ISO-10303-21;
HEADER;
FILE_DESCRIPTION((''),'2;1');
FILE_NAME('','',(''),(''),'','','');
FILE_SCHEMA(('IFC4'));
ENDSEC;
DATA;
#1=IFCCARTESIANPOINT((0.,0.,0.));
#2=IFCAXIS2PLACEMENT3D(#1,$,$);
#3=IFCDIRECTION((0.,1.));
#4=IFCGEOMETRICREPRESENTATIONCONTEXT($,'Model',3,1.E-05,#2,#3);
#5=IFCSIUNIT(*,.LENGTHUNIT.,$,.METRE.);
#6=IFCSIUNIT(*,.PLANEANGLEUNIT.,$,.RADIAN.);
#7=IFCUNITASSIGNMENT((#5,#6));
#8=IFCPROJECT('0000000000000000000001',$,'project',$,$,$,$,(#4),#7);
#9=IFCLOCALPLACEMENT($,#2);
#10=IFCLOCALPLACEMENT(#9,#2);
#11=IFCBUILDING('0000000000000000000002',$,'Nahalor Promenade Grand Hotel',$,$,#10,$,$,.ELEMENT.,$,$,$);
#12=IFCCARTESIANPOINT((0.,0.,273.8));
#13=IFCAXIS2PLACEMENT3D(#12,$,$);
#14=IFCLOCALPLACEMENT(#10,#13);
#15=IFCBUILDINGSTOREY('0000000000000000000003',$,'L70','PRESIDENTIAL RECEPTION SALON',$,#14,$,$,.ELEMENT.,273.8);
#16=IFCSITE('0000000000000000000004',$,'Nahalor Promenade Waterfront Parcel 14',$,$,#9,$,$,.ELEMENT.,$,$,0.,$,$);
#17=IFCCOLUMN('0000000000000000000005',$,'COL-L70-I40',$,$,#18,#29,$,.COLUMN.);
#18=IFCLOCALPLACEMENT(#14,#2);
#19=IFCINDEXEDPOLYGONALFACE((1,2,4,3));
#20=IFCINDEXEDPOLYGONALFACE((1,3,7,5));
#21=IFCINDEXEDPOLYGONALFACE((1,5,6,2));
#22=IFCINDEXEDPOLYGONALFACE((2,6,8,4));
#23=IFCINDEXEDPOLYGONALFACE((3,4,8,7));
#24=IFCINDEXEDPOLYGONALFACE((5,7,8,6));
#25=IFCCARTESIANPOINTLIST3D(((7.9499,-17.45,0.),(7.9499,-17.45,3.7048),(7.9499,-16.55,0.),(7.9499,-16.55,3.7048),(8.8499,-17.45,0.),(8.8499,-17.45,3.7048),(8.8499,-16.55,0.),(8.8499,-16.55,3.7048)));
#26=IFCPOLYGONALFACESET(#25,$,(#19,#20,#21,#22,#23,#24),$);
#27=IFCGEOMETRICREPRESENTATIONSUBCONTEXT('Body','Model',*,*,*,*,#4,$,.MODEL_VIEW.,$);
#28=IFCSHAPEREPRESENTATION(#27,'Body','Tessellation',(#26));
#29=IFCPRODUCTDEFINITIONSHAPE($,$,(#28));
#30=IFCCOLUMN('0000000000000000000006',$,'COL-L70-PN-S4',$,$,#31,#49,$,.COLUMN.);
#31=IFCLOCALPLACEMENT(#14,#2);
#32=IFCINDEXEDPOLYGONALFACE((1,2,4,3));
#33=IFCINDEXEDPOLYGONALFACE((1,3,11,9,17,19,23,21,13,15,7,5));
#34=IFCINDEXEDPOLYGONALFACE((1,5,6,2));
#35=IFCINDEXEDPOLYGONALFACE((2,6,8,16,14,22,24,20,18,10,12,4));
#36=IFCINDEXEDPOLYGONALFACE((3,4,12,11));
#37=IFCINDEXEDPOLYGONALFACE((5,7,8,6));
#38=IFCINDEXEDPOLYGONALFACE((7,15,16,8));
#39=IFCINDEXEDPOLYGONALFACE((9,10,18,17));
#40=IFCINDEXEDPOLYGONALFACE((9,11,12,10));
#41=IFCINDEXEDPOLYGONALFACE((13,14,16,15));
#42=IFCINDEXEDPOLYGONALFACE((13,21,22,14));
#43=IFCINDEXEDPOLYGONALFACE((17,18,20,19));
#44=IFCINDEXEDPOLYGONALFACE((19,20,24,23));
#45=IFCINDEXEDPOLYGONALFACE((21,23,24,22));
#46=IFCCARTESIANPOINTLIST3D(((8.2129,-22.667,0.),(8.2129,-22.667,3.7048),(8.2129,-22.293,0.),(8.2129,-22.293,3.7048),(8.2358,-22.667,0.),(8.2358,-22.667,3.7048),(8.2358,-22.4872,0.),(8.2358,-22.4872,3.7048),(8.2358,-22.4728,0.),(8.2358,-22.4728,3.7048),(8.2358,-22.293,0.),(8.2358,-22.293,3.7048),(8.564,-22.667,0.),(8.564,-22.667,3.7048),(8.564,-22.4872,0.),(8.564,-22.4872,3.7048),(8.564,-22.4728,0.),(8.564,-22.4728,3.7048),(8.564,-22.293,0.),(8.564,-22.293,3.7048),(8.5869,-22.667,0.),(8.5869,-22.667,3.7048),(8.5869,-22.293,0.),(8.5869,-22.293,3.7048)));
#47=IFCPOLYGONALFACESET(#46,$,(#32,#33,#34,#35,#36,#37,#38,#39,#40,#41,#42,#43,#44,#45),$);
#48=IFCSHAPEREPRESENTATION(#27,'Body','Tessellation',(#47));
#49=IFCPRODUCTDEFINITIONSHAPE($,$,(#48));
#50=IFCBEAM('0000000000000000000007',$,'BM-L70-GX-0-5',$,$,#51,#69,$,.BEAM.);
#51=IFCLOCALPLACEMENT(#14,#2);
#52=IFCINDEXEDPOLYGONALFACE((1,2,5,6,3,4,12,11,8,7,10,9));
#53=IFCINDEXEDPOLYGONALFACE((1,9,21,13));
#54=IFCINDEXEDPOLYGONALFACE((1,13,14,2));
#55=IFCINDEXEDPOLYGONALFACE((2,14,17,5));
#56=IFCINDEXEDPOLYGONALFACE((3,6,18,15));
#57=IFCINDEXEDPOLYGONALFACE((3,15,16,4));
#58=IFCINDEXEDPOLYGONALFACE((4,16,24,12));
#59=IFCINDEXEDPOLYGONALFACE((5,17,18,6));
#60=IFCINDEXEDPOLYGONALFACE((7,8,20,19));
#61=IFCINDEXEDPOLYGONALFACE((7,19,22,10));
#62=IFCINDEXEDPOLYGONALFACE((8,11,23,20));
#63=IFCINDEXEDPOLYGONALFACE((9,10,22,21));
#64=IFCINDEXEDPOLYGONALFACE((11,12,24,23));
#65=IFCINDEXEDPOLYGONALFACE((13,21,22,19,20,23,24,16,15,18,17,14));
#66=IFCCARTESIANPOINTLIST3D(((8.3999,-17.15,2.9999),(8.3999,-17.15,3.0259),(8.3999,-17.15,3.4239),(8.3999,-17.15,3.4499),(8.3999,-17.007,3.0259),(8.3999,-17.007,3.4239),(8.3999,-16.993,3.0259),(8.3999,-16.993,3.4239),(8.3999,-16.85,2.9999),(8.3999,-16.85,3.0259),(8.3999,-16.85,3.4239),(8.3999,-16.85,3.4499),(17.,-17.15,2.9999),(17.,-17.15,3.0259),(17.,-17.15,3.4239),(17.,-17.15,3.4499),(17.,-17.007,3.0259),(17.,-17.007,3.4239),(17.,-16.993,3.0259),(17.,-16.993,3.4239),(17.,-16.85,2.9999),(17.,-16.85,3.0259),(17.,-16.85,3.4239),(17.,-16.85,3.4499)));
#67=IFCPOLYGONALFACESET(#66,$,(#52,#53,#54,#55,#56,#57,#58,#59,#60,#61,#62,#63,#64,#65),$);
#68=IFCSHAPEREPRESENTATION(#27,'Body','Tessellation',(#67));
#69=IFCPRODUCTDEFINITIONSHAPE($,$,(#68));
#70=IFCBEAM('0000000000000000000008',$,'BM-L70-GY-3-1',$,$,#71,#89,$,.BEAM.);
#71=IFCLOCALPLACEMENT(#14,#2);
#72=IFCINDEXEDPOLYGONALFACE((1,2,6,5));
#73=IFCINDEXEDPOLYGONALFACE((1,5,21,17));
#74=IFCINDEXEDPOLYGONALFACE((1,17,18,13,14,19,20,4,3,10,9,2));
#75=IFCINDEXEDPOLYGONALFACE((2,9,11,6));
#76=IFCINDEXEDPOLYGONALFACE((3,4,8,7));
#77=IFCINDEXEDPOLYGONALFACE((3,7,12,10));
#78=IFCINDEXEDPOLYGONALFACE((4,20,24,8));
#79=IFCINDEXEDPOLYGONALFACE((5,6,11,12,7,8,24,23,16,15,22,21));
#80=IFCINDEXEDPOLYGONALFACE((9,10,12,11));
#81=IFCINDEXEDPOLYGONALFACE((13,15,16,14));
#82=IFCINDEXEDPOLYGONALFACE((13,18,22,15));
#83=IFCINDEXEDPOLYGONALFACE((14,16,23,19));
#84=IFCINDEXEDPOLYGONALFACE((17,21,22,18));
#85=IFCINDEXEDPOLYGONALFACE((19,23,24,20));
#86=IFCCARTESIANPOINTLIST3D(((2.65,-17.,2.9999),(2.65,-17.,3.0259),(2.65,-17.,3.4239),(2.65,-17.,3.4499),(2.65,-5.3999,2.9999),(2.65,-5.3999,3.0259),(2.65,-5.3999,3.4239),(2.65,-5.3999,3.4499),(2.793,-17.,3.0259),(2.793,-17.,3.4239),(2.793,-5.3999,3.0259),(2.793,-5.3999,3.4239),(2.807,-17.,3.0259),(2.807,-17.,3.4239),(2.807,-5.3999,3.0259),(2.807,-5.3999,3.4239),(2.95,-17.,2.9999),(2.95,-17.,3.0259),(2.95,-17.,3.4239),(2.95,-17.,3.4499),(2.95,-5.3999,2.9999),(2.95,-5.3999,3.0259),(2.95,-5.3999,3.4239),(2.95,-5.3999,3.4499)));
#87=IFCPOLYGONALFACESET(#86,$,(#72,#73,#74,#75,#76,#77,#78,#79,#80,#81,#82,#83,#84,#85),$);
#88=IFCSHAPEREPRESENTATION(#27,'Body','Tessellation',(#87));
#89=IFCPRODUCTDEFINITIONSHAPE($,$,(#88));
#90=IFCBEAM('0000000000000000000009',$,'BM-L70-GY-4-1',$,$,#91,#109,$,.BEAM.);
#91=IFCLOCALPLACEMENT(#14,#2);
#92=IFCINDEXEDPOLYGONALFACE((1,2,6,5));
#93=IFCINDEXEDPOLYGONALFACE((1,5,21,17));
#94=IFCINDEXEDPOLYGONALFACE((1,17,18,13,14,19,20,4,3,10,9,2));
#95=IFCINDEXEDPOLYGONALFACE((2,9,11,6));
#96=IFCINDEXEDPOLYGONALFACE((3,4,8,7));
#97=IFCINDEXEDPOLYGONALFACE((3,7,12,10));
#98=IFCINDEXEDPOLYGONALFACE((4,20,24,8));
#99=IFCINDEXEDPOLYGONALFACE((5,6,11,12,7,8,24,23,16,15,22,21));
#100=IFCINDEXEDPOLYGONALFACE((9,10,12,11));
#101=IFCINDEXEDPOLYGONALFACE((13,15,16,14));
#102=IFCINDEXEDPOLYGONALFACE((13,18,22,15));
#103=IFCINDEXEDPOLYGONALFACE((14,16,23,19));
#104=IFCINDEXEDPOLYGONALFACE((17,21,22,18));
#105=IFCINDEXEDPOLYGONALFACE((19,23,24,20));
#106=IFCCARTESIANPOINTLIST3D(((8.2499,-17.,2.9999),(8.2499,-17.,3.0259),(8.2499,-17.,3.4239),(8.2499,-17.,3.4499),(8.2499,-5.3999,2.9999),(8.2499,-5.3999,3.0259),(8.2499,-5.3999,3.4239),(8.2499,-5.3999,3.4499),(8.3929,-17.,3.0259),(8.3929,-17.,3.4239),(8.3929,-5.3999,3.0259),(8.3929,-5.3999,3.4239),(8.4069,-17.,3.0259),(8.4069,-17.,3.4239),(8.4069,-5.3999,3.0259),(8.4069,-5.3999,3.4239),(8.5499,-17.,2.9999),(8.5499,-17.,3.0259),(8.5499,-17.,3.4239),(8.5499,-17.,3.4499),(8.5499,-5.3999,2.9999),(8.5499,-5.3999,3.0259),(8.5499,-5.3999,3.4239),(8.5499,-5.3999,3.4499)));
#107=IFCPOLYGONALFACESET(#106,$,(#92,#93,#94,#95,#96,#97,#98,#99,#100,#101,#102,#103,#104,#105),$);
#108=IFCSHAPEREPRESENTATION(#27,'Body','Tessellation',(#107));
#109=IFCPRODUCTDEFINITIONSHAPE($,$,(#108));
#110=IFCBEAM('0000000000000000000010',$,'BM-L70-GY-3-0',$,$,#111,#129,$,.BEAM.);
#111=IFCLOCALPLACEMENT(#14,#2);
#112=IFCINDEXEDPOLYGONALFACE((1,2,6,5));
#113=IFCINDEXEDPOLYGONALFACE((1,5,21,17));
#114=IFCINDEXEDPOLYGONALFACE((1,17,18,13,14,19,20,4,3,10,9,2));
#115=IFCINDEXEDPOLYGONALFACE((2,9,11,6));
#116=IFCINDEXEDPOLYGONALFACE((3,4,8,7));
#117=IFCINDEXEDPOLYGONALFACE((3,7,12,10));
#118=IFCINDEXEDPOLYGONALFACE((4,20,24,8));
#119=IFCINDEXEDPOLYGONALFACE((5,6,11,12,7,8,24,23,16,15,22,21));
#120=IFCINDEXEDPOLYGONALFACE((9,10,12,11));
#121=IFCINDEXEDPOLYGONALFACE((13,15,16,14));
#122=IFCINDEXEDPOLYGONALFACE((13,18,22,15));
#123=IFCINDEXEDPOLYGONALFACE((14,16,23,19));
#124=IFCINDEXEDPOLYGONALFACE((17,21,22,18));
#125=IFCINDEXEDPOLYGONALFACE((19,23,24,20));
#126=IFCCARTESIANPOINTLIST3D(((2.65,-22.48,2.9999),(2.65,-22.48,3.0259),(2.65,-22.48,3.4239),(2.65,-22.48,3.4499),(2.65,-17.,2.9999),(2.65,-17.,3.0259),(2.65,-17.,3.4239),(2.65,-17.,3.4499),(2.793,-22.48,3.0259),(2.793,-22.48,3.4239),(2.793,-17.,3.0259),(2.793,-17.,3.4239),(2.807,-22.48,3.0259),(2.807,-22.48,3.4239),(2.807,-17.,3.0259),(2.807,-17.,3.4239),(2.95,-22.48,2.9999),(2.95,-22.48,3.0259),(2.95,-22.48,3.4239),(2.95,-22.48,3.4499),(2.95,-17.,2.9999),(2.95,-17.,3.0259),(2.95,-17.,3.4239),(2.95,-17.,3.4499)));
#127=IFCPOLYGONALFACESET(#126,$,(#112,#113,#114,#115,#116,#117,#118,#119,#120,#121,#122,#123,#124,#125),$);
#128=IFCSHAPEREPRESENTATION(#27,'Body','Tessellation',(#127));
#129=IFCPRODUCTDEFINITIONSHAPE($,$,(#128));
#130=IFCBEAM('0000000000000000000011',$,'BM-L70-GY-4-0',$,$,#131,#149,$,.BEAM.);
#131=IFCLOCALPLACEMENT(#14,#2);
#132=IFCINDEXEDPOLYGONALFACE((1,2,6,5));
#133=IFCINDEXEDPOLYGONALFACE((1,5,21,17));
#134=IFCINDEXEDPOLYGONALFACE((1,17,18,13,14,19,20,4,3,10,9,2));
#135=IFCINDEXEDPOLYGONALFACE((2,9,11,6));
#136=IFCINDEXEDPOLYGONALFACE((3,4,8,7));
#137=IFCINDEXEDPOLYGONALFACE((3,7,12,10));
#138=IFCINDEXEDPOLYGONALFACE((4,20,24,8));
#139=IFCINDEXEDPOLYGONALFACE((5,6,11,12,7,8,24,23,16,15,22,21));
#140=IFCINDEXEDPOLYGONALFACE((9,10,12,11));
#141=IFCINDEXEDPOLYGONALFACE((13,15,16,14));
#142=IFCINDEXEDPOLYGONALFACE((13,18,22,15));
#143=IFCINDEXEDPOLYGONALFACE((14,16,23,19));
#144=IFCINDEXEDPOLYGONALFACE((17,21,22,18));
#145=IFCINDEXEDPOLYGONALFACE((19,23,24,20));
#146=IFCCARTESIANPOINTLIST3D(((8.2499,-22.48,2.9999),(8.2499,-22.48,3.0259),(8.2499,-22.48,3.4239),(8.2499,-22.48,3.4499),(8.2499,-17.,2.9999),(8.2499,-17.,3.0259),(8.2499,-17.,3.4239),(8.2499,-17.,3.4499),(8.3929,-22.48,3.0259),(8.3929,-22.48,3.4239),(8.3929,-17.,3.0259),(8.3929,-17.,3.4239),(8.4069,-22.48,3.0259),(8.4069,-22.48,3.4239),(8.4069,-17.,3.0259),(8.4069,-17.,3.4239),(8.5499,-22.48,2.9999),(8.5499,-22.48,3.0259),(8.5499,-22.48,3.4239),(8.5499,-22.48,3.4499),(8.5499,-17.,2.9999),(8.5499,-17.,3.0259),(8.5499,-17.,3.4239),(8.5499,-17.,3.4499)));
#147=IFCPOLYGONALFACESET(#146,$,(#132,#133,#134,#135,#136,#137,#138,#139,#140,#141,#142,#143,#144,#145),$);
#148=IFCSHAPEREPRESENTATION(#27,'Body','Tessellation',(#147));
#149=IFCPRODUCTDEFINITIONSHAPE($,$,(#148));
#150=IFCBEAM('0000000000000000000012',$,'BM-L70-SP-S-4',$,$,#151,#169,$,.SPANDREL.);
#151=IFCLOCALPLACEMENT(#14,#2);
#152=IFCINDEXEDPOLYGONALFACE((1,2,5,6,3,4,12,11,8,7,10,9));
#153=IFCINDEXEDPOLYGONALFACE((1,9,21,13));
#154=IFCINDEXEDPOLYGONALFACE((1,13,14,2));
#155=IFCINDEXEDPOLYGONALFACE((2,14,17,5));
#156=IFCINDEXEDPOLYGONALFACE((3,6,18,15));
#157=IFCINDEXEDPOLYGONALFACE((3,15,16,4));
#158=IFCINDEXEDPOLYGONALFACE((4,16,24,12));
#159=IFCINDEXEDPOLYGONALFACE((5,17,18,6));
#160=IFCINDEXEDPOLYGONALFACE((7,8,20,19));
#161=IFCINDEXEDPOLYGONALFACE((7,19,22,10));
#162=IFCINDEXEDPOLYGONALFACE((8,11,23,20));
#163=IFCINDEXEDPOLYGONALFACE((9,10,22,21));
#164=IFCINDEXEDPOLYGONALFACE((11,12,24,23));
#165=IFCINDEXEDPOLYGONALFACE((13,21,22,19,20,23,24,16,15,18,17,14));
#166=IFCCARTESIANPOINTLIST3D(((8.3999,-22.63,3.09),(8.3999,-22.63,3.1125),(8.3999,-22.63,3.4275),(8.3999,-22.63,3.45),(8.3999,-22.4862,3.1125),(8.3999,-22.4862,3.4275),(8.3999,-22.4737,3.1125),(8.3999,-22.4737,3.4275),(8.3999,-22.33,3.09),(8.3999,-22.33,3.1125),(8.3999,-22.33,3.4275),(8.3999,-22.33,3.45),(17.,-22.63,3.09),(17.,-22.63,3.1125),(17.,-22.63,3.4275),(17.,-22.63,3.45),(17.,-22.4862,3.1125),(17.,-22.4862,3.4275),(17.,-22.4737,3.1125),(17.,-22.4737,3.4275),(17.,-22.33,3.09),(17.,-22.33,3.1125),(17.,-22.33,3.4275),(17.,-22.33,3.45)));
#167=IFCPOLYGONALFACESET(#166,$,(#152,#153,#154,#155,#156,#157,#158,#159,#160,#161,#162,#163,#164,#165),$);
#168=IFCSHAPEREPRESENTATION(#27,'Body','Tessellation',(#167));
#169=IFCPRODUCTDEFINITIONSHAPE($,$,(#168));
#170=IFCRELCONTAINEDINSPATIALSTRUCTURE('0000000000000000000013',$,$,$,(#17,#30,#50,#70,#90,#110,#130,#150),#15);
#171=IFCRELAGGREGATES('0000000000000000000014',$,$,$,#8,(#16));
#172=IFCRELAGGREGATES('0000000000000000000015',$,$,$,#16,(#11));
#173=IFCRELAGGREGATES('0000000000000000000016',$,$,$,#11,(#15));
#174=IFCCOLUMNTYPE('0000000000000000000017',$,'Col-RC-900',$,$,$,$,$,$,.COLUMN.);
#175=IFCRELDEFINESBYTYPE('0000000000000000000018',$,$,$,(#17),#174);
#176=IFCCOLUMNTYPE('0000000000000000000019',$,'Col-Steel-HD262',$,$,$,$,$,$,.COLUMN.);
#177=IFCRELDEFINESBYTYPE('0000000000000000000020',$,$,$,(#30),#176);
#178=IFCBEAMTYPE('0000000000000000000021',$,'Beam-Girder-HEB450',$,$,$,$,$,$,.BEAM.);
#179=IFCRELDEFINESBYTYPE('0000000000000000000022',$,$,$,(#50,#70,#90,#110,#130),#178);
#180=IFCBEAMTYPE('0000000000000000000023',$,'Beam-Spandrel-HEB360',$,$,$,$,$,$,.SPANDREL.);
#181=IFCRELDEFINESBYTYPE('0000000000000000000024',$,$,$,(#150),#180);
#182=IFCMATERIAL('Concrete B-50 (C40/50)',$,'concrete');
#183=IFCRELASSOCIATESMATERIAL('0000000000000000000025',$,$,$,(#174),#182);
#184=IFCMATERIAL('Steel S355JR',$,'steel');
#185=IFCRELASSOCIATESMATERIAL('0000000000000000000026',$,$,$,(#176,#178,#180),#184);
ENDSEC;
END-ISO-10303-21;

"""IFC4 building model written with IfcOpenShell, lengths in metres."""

from ifc_helpers import new_model, si_unit, direction, frame, origin, origin_2d, place, context, subcontext, project, spatial, rectangle, i_section, extrude, source, transform, mapped, material, material_profile, profile_set, type_object, element, save


model = new_model("IFC4")

# Units and contexts
model_context = context("Model", 3, precision=1e-05, world=origin(), true_north=direction((0.0, 1.0)))
body_context = subcontext(model_context, "Body", "Model", "MODEL_VIEW")
ifc_project = project(units=[si_unit("LENGTHUNIT", "METRE"), si_unit("PLANEANGLEUNIT", "RADIAN")], contexts=[model_context])

# Site, building, storey
site_placement = place(None, origin())
site = spatial("IfcSite", under=ifc_project, at=site_placement, Name="Nahalor Promenade Waterfront Parcel 14", CompositionType="ELEMENT", RefElevation=0.0)
building_placement = place(site_placement, origin())
building = spatial("IfcBuilding", under=site, at=building_placement, Name="Nahalor Promenade Grand Hotel", CompositionType="ELEMENT")
storey_placement = place(building_placement, frame((0.0, 0.0, 273.8)))
storey = spatial("IfcBuildingStorey", under=building, at=storey_placement, Name="L70", Description="PRESIDENTIAL RECEPTION SALON", CompositionType="ELEMENT", Elevation=273.8)

# Columns
ifc_material_1 = material(Name="Concrete B-50 (C40/50)", Category="concrete")
ifc_material_profile_1 = material_profile(ifc_material_1, rectangle(XDim=0.9, YDim=0.9, at=origin_2d()), Name="RC 900x900")
ifc_profile_set_1 = profile_set([ifc_material_profile_1], Name="Concrete B-50 (C40/50)")
column_type_1 = type_object("IfcColumnType", Name="Col-RC-900", PredefinedType="COLUMN", material=ifc_profile_set_1)
shared_shape_1 = source(origin(), body_context, "Body", "SweptSolid", [
    extrude(rectangle(XDim=0.9, YDim=0.9, at=origin_2d()), origin(), (0.0, 0.0, 1.0), 3.7048),
])
column_1_placement = place(storey_placement, frame((8.3999, -17.0, 0.0), z_axis=(0.0, 0.0, 1.0), x_axis=(1.0, 0.0, 0.0)))
element("IfcColumn", 1, at=column_1_placement, inside=storey, type_object=column_type_1, Name="COL-L70-I40", PredefinedType="COLUMN", context=body_context, shape_type="MappedRepresentation", body=[
    mapped(shared_shape_1, transform((0.0, 0.0, 0.0), scale=1.0)),
])
ifc_material_2 = material(Name="Steel S355JR", Category="steel")
ifc_material_profile_2 = material_profile(ifc_material_2, i_section(OverallWidth=0.374, OverallDepth=0.374, WebThickness=0.0144, FlangeThickness=0.0229, at=origin_2d()), Name="HD 360x262")
ifc_profile_set_2 = profile_set([ifc_material_profile_2], Name="Steel S355JR")
column_type_2 = type_object("IfcColumnType", Name="Col-Steel-HD262", PredefinedType="COLUMN", material=ifc_profile_set_2)
shared_shape_2 = source(origin(), body_context, "Body", "SweptSolid", [
    extrude(i_section(OverallWidth=0.374, OverallDepth=0.374, WebThickness=0.0144, FlangeThickness=0.0229, at=origin_2d()), origin(), (0.0, 0.0, 1.0), 3.7048),
])
column_2_placement = place(storey_placement, frame((8.3999, -22.48, 0.0), z_axis=(0.0, 0.0, 1.0), x_axis=(0.0, 1.0, 0.0)))
element("IfcColumn", 2, at=column_2_placement, inside=storey, type_object=column_type_2, Name="COL-L70-PN-S4", PredefinedType="COLUMN", context=body_context, shape_type="MappedRepresentation", body=[
    mapped(shared_shape_2, transform((0.0, 0.0, 0.0), scale=1.0)),
])

# Beams
ifc_material_profile_3 = material_profile(ifc_material_2, i_section(OverallWidth=0.3, OverallDepth=0.45, WebThickness=0.014, FlangeThickness=0.026, at=origin_2d()), Name="HEB 450")
ifc_profile_set_3 = profile_set([ifc_material_profile_3], Name="Steel S355JR")
beam_type_1 = type_object("IfcBeamType", Name="Beam-Girder-HEB450", PredefinedType="BEAM", material=ifc_profile_set_3)
shared_shape_3 = source(origin(), body_context, "Body", "SweptSolid", [
    extrude(i_section(OverallWidth=0.3, OverallDepth=0.45, WebThickness=0.014, FlangeThickness=0.026, at=origin_2d()), origin(), (0.0, 0.0, 1.0), 8.6001),
])
beam_1_placement = place(storey_placement, frame((8.3999, -17.0, 3.2249), z_axis=(1.0, 0.0, 0.0), x_axis=(0.0, 1.0, 0.0)))
element("IfcBeam", 3, at=beam_1_placement, inside=storey, type_object=beam_type_1, Name="BM-L70-GX-0-5", PredefinedType="BEAM", context=body_context, shape_type="MappedRepresentation", body=[
    mapped(shared_shape_3, transform((0.0, 0.0, 0.0), scale=1.0)),
])
shared_shape_4 = source(origin(), body_context, "Body", "SweptSolid", [
    extrude(i_section(OverallWidth=0.3, OverallDepth=0.45, WebThickness=0.014, FlangeThickness=0.026, at=origin_2d()), origin(), (0.0, 0.0, 1.0), 11.6001),
])
for number, where, z_axis, x_axis, name in (
    (4, (2.8, -17.0, 3.2249), (0.0, 1.0, 0.0), (-1.0, 0.0, 0.0), "BM-L70-GY-3-1"),
    (5, (8.3999, -17.0, 3.2249), (0.0, 1.0, 0.0), (-1.0, 0.0, 0.0), "BM-L70-GY-4-1"),
):
    element("IfcBeam", number, at=place(storey_placement, frame(where, z_axis=z_axis, x_axis=x_axis)), inside=storey, type_object=beam_type_1, Name=name, PredefinedType="BEAM", context=body_context, shape_type="MappedRepresentation", body=[
        mapped(shared_shape_4, transform((0.0, 0.0, 0.0), scale=1.0)),
    ])
shared_shape_5 = source(origin(), body_context, "Body", "SweptSolid", [
    extrude(i_section(OverallWidth=0.3, OverallDepth=0.45, WebThickness=0.014, FlangeThickness=0.026, at=origin_2d()), origin(), (0.0, 0.0, 1.0), 5.48),
])
for number, where, z_axis, x_axis, name in (
    (6, (2.8, -22.48, 3.2249), (0.0, 1.0, 0.0), (-1.0, 0.0, 0.0), "BM-L70-GY-3-0"),
    (7, (8.3999, -22.48, 3.2249), (0.0, 1.0, 0.0), (-1.0, 0.0, 0.0), "BM-L70-GY-4-0"),
):
    element("IfcBeam", number, at=place(storey_placement, frame(where, z_axis=z_axis, x_axis=x_axis)), inside=storey, type_object=beam_type_1, Name=name, PredefinedType="BEAM", context=body_context, shape_type="MappedRepresentation", body=[
        mapped(shared_shape_5, transform((0.0, 0.0, 0.0), scale=1.0)),
    ])
ifc_material_profile_4 = material_profile(ifc_material_2, i_section(OverallWidth=0.3, OverallDepth=0.36, WebThickness=0.0125, FlangeThickness=0.0225, at=origin_2d()), Name="HEB 360")
ifc_profile_set_4 = profile_set([ifc_material_profile_4], Name="Steel S355JR")
beam_type_2 = type_object("IfcBeamType", Name="Beam-Spandrel-HEB360", PredefinedType="SPANDREL", material=ifc_profile_set_4)
shared_shape_6 = source(origin(), body_context, "Body", "SweptSolid", [
    extrude(i_section(OverallWidth=0.3, OverallDepth=0.36, WebThickness=0.0125, FlangeThickness=0.0225, at=origin_2d()), origin(), (0.0, 0.0, 1.0), 8.6001),
])
beam_2_placement = place(storey_placement, frame((8.3999, -22.48, 3.27), z_axis=(1.0, 0.0, 0.0), x_axis=(0.0, 1.0, 0.0)))
element("IfcBeam", 8, at=beam_2_placement, inside=storey, type_object=beam_type_2, Name="BM-L70-SP-S-4", PredefinedType="SPANDREL", context=body_context, shape_type="MappedRepresentation", body=[
    mapped(shared_shape_6, transform((0.0, 0.0, 0.0), scale=1.0)),
])

save(model, "model.ifc")
